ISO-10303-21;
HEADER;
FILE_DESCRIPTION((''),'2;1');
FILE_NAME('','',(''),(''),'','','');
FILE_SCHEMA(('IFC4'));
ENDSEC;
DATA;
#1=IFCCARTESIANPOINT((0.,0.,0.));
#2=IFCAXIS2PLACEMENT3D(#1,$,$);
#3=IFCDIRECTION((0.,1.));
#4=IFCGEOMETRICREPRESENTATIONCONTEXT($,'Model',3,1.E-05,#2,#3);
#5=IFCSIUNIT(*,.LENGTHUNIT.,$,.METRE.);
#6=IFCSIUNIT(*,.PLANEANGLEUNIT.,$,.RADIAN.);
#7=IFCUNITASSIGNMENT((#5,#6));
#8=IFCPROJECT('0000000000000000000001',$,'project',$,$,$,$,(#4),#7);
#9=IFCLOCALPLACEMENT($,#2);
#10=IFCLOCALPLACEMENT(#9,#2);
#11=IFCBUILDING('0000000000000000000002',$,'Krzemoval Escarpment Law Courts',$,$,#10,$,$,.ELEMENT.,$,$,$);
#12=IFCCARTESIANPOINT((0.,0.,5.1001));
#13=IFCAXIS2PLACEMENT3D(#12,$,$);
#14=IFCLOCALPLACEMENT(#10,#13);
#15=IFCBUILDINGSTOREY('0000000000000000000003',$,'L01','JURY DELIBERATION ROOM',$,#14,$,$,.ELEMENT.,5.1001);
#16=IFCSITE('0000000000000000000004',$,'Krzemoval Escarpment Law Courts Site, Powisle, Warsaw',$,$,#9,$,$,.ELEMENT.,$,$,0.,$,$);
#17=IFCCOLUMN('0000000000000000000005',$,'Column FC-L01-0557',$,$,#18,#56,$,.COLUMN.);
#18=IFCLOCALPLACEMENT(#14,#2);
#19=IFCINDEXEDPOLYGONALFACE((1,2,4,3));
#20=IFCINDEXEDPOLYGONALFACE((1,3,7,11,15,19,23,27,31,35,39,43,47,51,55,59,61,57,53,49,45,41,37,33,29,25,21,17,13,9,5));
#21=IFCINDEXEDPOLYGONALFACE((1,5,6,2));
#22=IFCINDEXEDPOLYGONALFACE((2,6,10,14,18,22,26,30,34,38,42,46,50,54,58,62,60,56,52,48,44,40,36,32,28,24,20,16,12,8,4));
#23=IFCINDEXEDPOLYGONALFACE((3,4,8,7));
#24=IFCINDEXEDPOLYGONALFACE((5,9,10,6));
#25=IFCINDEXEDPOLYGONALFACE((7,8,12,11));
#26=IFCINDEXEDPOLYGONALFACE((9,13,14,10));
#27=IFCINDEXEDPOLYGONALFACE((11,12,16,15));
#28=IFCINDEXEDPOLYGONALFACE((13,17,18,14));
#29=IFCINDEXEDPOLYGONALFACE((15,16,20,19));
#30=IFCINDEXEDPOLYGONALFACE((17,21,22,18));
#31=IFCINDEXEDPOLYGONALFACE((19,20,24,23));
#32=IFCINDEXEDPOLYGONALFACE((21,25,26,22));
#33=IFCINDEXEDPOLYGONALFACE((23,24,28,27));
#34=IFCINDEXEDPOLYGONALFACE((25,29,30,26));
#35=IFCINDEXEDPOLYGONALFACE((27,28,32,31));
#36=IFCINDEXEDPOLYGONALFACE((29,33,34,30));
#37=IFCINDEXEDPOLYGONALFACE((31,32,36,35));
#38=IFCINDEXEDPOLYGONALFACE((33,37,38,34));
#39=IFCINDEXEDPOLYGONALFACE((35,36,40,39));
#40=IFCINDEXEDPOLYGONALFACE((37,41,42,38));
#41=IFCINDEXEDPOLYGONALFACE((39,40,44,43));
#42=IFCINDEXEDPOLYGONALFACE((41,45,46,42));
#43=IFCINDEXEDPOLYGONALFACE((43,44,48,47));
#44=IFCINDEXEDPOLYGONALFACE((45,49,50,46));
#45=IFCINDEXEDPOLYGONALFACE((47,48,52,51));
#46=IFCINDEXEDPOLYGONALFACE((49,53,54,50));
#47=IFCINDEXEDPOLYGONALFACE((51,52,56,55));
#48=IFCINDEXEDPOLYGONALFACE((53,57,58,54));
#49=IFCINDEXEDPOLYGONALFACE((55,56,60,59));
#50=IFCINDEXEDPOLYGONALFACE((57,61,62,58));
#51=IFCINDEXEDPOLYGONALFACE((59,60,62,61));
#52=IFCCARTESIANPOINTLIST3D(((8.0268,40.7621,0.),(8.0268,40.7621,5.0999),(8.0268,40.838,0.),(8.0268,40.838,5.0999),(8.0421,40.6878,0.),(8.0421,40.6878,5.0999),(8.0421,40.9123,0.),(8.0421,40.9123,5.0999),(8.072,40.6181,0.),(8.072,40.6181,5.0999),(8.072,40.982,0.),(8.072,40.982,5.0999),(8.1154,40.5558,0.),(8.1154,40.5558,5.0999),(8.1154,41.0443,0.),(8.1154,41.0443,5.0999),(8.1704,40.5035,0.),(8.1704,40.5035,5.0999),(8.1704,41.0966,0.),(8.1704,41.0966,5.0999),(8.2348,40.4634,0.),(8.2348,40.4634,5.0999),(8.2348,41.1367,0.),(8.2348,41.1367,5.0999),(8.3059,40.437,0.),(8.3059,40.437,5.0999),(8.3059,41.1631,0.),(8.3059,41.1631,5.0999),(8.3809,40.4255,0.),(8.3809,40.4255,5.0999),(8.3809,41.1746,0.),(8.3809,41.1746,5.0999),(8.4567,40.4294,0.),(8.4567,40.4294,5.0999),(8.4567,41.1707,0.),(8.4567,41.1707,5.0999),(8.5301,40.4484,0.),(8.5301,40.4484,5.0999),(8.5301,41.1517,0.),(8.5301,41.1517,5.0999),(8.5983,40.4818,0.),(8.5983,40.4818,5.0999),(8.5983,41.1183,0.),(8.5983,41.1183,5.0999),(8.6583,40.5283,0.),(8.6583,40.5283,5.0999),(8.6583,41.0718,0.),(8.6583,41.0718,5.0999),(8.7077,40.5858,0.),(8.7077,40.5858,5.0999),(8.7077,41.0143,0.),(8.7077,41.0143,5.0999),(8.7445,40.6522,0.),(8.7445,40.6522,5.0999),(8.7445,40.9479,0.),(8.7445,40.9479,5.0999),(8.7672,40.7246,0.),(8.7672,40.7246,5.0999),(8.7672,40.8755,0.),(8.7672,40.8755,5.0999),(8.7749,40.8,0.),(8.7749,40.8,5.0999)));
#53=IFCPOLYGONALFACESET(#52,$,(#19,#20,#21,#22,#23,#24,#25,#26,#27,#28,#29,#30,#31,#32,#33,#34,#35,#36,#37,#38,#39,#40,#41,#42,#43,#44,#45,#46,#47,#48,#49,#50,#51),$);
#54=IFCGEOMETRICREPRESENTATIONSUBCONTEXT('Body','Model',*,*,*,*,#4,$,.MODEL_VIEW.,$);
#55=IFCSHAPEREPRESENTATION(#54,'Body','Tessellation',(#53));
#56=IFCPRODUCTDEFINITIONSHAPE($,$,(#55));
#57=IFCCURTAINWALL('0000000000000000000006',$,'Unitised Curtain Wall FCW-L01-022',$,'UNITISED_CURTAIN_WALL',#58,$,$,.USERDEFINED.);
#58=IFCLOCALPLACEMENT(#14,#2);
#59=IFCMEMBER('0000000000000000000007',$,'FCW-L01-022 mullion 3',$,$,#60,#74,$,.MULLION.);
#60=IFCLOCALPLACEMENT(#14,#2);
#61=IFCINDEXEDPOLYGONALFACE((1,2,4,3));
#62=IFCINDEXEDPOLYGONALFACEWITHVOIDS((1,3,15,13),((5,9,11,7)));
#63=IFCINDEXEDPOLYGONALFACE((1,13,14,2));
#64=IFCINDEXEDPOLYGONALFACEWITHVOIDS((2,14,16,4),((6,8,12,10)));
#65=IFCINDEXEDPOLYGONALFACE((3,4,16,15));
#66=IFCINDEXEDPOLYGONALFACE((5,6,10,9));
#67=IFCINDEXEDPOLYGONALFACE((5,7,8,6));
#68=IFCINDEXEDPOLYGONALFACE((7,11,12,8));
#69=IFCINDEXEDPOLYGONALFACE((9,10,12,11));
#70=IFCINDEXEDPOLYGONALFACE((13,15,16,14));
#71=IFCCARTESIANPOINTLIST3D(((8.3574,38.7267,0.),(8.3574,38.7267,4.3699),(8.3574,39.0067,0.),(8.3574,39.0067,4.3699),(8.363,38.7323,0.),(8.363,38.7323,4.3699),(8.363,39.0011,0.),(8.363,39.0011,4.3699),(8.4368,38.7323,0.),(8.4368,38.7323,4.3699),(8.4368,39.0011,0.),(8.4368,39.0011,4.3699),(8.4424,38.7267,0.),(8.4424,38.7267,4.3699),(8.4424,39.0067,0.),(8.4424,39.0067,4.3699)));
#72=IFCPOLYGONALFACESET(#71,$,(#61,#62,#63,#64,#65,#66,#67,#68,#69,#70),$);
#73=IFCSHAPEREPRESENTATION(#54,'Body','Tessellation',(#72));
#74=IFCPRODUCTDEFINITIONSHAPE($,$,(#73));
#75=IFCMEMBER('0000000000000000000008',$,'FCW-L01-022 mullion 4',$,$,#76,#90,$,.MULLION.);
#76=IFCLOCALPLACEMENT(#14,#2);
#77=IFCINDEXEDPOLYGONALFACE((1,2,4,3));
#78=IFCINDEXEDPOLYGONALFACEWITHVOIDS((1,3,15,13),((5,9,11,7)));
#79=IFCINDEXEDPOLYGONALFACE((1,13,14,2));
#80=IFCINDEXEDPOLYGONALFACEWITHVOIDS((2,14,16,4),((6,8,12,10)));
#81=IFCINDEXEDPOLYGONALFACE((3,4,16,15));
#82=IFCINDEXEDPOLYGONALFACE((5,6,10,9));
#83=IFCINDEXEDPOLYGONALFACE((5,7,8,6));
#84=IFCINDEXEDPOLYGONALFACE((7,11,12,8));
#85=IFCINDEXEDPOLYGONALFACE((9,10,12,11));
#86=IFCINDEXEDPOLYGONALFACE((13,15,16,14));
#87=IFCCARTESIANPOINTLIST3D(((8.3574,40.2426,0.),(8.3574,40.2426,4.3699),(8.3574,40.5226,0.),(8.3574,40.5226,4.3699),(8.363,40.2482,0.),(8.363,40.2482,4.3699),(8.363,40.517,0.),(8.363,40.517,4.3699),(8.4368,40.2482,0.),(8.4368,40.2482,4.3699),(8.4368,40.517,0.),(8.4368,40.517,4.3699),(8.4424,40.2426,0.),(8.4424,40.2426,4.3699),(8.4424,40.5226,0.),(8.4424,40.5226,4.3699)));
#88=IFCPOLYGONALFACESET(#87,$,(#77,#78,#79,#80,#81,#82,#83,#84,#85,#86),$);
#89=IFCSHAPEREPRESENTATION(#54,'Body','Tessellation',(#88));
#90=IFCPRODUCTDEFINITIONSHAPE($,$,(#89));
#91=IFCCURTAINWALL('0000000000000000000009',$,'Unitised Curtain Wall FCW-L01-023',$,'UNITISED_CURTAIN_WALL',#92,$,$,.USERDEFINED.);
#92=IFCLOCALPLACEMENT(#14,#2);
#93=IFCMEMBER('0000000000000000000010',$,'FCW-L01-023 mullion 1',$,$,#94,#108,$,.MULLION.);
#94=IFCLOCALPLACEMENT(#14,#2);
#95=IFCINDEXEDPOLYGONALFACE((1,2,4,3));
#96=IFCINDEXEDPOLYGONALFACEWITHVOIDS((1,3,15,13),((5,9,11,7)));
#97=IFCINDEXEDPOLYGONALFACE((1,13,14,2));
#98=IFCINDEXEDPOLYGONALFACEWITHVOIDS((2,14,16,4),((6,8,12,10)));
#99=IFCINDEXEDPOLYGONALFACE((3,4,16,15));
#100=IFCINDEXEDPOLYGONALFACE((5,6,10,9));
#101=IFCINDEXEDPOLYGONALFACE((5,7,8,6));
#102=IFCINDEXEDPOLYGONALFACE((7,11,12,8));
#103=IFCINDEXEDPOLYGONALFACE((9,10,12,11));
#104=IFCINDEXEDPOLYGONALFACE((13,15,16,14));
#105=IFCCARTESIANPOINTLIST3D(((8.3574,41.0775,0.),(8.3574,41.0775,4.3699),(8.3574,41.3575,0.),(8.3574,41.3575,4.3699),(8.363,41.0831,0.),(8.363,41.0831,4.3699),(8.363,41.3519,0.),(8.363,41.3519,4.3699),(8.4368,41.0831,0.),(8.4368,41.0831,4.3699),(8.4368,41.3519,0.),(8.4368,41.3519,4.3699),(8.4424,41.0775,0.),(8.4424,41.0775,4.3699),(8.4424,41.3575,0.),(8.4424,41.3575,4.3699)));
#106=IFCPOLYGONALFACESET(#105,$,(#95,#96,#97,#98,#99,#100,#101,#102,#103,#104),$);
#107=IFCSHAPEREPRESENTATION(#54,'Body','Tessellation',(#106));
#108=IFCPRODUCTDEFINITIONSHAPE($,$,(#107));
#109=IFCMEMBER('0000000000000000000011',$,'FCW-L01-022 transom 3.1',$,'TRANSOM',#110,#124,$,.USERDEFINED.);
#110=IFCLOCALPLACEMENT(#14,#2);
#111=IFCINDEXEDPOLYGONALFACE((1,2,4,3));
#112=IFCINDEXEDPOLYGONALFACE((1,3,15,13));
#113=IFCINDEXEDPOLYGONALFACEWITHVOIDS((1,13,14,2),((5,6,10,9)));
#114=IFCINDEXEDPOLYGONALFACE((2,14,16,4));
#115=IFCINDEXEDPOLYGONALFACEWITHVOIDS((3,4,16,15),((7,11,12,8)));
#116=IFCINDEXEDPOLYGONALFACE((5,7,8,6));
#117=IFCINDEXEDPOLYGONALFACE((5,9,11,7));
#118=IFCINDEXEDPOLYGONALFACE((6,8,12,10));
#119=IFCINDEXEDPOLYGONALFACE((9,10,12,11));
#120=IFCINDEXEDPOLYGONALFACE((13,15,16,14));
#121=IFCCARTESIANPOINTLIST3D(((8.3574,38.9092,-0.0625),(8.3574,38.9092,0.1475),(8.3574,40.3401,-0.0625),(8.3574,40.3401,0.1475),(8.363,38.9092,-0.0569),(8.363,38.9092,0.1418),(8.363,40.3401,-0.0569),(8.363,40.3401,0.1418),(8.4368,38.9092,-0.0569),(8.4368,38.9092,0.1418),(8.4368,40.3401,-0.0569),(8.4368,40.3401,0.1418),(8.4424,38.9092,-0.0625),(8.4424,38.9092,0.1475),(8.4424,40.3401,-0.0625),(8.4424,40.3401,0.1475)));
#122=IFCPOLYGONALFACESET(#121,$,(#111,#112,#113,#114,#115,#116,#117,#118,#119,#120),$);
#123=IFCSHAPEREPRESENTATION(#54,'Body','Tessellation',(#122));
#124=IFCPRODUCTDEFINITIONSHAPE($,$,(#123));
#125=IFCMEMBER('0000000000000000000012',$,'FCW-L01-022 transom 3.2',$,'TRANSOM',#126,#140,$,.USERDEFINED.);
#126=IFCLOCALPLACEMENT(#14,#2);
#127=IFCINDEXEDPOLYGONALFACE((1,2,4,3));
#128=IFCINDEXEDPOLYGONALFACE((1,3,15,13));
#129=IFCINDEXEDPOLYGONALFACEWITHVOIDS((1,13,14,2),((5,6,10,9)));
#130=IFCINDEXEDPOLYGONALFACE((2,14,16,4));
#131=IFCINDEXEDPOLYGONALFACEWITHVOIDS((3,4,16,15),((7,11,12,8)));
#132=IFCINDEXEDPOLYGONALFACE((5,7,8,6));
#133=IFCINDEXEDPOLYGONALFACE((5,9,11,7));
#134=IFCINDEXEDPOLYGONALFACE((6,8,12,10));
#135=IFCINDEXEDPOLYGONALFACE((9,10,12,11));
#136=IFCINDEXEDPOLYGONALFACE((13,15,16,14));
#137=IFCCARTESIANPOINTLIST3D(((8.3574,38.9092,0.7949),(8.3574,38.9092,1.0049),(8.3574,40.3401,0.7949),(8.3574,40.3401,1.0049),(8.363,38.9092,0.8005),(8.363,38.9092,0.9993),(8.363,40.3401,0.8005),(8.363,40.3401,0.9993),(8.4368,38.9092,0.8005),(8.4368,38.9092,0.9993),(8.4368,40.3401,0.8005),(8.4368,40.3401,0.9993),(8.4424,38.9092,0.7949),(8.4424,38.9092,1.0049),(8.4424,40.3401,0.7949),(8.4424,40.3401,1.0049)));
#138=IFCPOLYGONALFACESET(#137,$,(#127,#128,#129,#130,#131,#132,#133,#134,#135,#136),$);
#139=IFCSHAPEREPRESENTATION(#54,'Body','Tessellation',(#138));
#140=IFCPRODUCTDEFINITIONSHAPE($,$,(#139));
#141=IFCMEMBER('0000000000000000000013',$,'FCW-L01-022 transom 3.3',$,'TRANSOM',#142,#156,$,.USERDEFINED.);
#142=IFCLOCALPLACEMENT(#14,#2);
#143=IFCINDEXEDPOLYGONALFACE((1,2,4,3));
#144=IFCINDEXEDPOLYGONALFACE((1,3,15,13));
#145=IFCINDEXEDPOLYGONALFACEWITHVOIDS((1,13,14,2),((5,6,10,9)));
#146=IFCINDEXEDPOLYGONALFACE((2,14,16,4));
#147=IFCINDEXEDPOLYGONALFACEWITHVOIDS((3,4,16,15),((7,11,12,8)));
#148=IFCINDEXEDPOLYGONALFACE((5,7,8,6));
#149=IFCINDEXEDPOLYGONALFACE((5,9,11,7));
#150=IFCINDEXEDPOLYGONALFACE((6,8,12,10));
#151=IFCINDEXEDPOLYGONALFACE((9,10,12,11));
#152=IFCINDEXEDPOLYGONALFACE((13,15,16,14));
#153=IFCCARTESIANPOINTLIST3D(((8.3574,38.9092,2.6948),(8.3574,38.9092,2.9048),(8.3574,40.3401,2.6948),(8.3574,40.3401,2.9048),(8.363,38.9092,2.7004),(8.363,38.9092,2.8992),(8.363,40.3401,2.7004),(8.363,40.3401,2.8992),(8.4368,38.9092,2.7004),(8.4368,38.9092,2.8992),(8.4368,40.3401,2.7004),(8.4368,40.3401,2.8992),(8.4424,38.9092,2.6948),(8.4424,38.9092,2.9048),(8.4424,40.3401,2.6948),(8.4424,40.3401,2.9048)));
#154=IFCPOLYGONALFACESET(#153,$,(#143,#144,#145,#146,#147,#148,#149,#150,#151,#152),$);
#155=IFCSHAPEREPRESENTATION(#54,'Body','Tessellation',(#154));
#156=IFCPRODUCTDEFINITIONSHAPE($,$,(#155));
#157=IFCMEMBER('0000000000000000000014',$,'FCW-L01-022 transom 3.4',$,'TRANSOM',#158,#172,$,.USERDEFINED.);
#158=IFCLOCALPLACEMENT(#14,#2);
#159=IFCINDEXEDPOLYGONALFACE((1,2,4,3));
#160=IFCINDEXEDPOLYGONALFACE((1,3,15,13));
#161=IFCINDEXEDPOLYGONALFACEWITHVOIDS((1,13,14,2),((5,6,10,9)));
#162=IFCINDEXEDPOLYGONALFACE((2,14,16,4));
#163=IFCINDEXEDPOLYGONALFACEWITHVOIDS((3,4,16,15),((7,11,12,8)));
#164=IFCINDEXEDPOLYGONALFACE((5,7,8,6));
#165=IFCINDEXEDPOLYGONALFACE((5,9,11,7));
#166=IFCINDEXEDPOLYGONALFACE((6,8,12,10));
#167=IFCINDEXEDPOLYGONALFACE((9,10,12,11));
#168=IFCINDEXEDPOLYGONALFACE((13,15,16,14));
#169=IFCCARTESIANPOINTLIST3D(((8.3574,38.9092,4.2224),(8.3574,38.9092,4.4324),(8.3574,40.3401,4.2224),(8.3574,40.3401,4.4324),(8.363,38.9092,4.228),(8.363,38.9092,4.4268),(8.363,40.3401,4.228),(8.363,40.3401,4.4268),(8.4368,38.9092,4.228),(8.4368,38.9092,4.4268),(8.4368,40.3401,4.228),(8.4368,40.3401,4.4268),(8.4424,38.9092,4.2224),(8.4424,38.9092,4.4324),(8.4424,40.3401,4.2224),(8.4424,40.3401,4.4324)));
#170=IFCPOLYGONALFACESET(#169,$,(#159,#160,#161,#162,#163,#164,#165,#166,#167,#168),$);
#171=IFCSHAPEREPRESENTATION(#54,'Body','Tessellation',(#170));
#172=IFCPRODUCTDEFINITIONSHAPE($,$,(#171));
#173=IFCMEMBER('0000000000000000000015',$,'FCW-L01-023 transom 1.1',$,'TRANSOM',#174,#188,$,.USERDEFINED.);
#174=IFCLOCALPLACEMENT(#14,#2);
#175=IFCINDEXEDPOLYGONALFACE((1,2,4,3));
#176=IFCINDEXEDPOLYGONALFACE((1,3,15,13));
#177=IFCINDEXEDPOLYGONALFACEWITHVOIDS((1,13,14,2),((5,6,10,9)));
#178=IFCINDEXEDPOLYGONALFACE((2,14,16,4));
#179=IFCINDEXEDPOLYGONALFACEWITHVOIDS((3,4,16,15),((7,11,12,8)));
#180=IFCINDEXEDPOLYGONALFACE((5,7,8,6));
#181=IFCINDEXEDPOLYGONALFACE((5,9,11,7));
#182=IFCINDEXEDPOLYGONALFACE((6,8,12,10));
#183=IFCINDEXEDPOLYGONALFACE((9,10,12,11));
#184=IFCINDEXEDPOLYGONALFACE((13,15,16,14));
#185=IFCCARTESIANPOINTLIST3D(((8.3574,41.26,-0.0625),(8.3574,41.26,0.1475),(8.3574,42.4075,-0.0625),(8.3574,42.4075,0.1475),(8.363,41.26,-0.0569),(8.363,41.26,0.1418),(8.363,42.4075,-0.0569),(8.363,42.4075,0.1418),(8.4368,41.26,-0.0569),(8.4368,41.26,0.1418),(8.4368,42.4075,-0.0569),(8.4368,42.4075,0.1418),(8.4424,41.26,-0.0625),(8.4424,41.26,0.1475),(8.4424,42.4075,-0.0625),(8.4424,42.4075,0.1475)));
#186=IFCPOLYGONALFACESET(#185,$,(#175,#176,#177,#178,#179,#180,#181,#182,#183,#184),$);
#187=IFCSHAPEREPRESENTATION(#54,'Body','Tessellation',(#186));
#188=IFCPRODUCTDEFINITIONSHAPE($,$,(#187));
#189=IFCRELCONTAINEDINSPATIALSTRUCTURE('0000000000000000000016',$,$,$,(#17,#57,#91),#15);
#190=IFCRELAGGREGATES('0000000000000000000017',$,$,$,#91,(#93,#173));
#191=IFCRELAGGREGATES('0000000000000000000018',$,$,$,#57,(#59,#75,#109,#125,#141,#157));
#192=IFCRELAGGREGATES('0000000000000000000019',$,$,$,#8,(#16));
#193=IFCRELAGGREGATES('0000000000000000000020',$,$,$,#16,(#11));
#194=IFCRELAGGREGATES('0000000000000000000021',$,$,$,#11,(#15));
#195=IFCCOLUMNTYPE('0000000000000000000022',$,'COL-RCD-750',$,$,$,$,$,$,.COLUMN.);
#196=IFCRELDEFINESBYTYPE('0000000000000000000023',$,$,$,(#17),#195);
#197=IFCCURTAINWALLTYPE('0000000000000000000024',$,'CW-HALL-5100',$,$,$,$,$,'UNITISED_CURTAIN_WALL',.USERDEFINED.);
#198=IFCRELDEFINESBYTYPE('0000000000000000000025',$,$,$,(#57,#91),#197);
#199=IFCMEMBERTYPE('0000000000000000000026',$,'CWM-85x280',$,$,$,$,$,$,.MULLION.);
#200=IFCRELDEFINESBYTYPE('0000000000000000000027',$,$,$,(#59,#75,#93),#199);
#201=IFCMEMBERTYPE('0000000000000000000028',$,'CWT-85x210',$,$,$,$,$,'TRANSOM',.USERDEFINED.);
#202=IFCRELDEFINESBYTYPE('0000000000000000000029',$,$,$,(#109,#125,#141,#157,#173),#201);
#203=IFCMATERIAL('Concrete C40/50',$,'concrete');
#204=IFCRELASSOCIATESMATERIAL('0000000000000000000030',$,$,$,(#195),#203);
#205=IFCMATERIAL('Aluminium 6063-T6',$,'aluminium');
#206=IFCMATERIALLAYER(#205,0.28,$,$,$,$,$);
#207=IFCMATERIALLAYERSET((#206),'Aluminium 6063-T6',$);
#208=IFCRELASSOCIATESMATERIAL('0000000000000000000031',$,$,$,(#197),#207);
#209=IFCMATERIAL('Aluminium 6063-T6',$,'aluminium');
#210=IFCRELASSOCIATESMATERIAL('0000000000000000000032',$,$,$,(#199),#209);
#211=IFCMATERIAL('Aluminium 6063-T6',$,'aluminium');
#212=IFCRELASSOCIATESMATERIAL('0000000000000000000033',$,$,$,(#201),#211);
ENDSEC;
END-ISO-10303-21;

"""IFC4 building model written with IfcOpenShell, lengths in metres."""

from ifc_helpers import new_model, si_unit, direction, frame, origin, origin_2d, place, context, subcontext, project, spatial, hollow_rectangle, circle, extrude, material, layer, layer_set, material_profile, profile_set, type_object, element, aggregate, save


model = new_model("IFC4")

# Units and contexts
model_context = context("Model", 3, precision=1e-05, world=origin(), true_north=direction((0.0, 1.0)))
body_context = subcontext(model_context, "Body", "Model", "MODEL_VIEW")
ifc_project = project(units=[si_unit("LENGTHUNIT", "METRE"), si_unit("PLANEANGLEUNIT", "RADIAN")], contexts=[model_context])

# Site, building, storey
site_placement = place(None, origin())
site = spatial("IfcSite", under=ifc_project, at=site_placement, Name="Krzemoval Escarpment Law Courts Site, Powisle, Warsaw", CompositionType="ELEMENT", RefElevation=0.0)
building_placement = place(site_placement, origin())
building = spatial("IfcBuilding", under=site, at=building_placement, Name="Krzemoval Escarpment Law Courts", CompositionType="ELEMENT")
storey_placement = place(building_placement, frame((0.0, 0.0, 5.1001)))
storey = spatial("IfcBuildingStorey", under=building, at=storey_placement, Name="L01", Description="JURY DELIBERATION ROOM", CompositionType="ELEMENT", Elevation=5.1001)

# Column
ifc_material_1 = material(Name="Concrete C40/50", Category="concrete")
ifc_material_profile_1 = material_profile(ifc_material_1, circle(Radius=0.375, at=origin_2d()), Name="RC D750")
ifc_profile_set_1 = profile_set([ifc_material_profile_1], Name="Concrete C40/50")
column_type = type_object("IfcColumnType", Name="COL-RCD-750", PredefinedType="COLUMN", material=ifc_profile_set_1)
column_placement = place(storey_placement, frame((8.3999, 40.8, 0.0), z_axis=(0.0, 0.0, 1.0), x_axis=(1.0, 0.0, 0.0)))
element("IfcColumn", 1, at=column_placement, inside=storey, type_object=column_type, Name="Column FC-L01-0557", PredefinedType="COLUMN", context=body_context, shape_type="SweptSolid", body=[
    extrude(circle(Radius=0.375, at=origin_2d()), origin(), (0.0, 0.0, 1.0), 5.0999),
])

# Curtain wall, members
ifc_material_2 = material(Name="Aluminium 6063-T6", Category="aluminium")
ifc_layer_1 = layer(ifc_material_2, 0.28)
ifc_layer_set_1 = layer_set([ifc_layer_1], Name="Aluminium 6063-T6")
curtain_wall_type = type_object("IfcCurtainWallType", Name="CW-HALL-5100", ElementType="UNITISED_CURTAIN_WALL", PredefinedType="USERDEFINED", material=ifc_layer_set_1)
curtain_wall_1_placement = place(storey_placement, origin())
curtain_wall_1 = element("IfcCurtainWall", 2, at=curtain_wall_1_placement, inside=storey, type_object=curtain_wall_type, Name="Unitised Curtain Wall FCW-L01-022", ObjectType="UNITISED_CURTAIN_WALL", PredefinedType="USERDEFINED")
ifc_material_3 = material(Name="Aluminium 6063-T6", Category="aluminium")
ifc_material_profile_2 = material_profile(ifc_material_3, hollow_rectangle(XDim=0.085, YDim=0.28, WallThickness=0.0056, at=origin_2d()), Name="ALU M85x280")
ifc_profile_set_2 = profile_set([ifc_material_profile_2], Name="Aluminium 6063-T6")
member_type_1 = type_object("IfcMemberType", Name="CWM-85x280", PredefinedType="MULLION", material=ifc_profile_set_2)
member_1_placement = place(storey_placement, frame((8.3999, 38.8667, 0.0), z_axis=(0.0, 0.0, 1.0), x_axis=(-1.0, 0.0, 0.0)))
member_1 = element("IfcMember", 3, at=member_1_placement, type_object=member_type_1, Name="FCW-L01-022 mullion 3", PredefinedType="MULLION", context=body_context, shape_type="SweptSolid", body=[
    extrude(hollow_rectangle(XDim=0.085, YDim=0.28, WallThickness=0.0056, at=origin_2d()), origin(), (0.0, 0.0, 1.0), 4.3699),
])
member_2_placement = place(storey_placement, frame((8.3999, 40.3826, 0.0), z_axis=(0.0, 0.0, 1.0), x_axis=(-1.0, 0.0, 0.0)))
member_2 = element("IfcMember", 4, at=member_2_placement, type_object=member_type_1, Name="FCW-L01-022 mullion 4", PredefinedType="MULLION", context=body_context, shape_type="SweptSolid", body=[
    extrude(hollow_rectangle(XDim=0.085, YDim=0.28, WallThickness=0.0056, at=origin_2d()), origin(), (0.0, 0.0, 1.0), 4.3699),
])

# Curtain wall, member
curtain_wall_2_placement = place(storey_placement, origin())
curtain_wall_2 = element("IfcCurtainWall", 5, at=curtain_wall_2_placement, inside=storey, type_object=curtain_wall_type, Name="Unitised Curtain Wall FCW-L01-023", ObjectType="UNITISED_CURTAIN_WALL", PredefinedType="USERDEFINED")
member_3_placement = place(storey_placement, frame((8.3999, 41.2175, 0.0), z_axis=(0.0, 0.0, 1.0), x_axis=(-1.0, 0.0, 0.0)))
member_3 = element("IfcMember", 6, at=member_3_placement, type_object=member_type_1, Name="FCW-L01-023 mullion 1", PredefinedType="MULLION", context=body_context, shape_type="SweptSolid", body=[
    extrude(hollow_rectangle(XDim=0.085, YDim=0.28, WallThickness=0.0056, at=origin_2d()), origin(), (0.0, 0.0, 1.0), 4.3699),
])

# Members
ifc_material_4 = material(Name="Aluminium 6063-T6", Category="aluminium")
ifc_material_profile_3 = material_profile(ifc_material_4, hollow_rectangle(XDim=0.085, YDim=0.21, WallThickness=0.0056, at=origin_2d()), Name="ALU T85x210")
ifc_profile_set_3 = profile_set([ifc_material_profile_3], Name="Aluminium 6063-T6")
member_type_2 = type_object("IfcMemberType", Name="CWT-85x210", ElementType="TRANSOM", PredefinedType="USERDEFINED", material=ifc_profile_set_3)
member_4_placement = place(storey_placement, frame((8.3999, 38.9092, 0.0425), z_axis=(0.0, 1.0, 0.0), x_axis=(-1.0, 0.0, 0.0)))
member_4 = element("IfcMember", 7, at=member_4_placement, type_object=member_type_2, Name="FCW-L01-022 transom 3.1", ObjectType="TRANSOM", PredefinedType="USERDEFINED", context=body_context, shape_type="SweptSolid", body=[
    extrude(hollow_rectangle(XDim=0.085, YDim=0.21, WallThickness=0.0056, at=origin_2d()), origin(), (0.0, 0.0, 1.0), 1.4309),
])
member_5_placement = place(storey_placement, frame((8.3999, 38.9092, 0.8999), z_axis=(0.0, 1.0, 0.0), x_axis=(-1.0, 0.0, 0.0)))
member_5 = element("IfcMember", 8, at=member_5_placement, type_object=member_type_2, Name="FCW-L01-022 transom 3.2", ObjectType="TRANSOM", PredefinedType="USERDEFINED", context=body_context, shape_type="SweptSolid", body=[
    extrude(hollow_rectangle(XDim=0.085, YDim=0.21, WallThickness=0.0056, at=origin_2d()), origin(), (0.0, 0.0, 1.0), 1.4309),
])
member_6_placement = place(storey_placement, frame((8.3999, 38.9092, 2.7998), z_axis=(0.0, 1.0, 0.0), x_axis=(-1.0, 0.0, 0.0)))
member_6 = element("IfcMember", 9, at=member_6_placement, type_object=member_type_2, Name="FCW-L01-022 transom 3.3", ObjectType="TRANSOM", PredefinedType="USERDEFINED", context=body_context, shape_type="SweptSolid", body=[
    extrude(hollow_rectangle(XDim=0.085, YDim=0.21, WallThickness=0.0056, at=origin_2d()), origin(), (0.0, 0.0, 1.0), 1.4309),
])
member_7_placement = place(storey_placement, frame((8.3999, 38.9092, 4.3274), z_axis=(0.0, 1.0, 0.0), x_axis=(-1.0, 0.0, 0.0)))
member_7 = element("IfcMember", 10, at=member_7_placement, type_object=member_type_2, Name="FCW-L01-022 transom 3.4", ObjectType="TRANSOM", PredefinedType="USERDEFINED", context=body_context, shape_type="SweptSolid", body=[
    extrude(hollow_rectangle(XDim=0.085, YDim=0.21, WallThickness=0.0056, at=origin_2d()), origin(), (0.0, 0.0, 1.0), 1.4309),
])
member_8_placement = place(storey_placement, frame((8.3999, 41.26, 0.0425), z_axis=(0.0, 1.0, 0.0), x_axis=(-1.0, 0.0, 0.0)))
member_8 = element("IfcMember", 11, at=member_8_placement, type_object=member_type_2, Name="FCW-L01-023 transom 1.1", ObjectType="TRANSOM", PredefinedType="USERDEFINED", context=body_context, shape_type="SweptSolid", body=[
    extrude(hollow_rectangle(XDim=0.085, YDim=0.21, WallThickness=0.0056, at=origin_2d()), origin(), (0.0, 0.0, 1.0), 1.1475),
])
aggregate(curtain_wall_2, [member_3, member_8])

aggregate(curtain_wall_1, [member_1, member_2, member_4, member_5, member_6, member_7])

save(model, "model.ifc")
